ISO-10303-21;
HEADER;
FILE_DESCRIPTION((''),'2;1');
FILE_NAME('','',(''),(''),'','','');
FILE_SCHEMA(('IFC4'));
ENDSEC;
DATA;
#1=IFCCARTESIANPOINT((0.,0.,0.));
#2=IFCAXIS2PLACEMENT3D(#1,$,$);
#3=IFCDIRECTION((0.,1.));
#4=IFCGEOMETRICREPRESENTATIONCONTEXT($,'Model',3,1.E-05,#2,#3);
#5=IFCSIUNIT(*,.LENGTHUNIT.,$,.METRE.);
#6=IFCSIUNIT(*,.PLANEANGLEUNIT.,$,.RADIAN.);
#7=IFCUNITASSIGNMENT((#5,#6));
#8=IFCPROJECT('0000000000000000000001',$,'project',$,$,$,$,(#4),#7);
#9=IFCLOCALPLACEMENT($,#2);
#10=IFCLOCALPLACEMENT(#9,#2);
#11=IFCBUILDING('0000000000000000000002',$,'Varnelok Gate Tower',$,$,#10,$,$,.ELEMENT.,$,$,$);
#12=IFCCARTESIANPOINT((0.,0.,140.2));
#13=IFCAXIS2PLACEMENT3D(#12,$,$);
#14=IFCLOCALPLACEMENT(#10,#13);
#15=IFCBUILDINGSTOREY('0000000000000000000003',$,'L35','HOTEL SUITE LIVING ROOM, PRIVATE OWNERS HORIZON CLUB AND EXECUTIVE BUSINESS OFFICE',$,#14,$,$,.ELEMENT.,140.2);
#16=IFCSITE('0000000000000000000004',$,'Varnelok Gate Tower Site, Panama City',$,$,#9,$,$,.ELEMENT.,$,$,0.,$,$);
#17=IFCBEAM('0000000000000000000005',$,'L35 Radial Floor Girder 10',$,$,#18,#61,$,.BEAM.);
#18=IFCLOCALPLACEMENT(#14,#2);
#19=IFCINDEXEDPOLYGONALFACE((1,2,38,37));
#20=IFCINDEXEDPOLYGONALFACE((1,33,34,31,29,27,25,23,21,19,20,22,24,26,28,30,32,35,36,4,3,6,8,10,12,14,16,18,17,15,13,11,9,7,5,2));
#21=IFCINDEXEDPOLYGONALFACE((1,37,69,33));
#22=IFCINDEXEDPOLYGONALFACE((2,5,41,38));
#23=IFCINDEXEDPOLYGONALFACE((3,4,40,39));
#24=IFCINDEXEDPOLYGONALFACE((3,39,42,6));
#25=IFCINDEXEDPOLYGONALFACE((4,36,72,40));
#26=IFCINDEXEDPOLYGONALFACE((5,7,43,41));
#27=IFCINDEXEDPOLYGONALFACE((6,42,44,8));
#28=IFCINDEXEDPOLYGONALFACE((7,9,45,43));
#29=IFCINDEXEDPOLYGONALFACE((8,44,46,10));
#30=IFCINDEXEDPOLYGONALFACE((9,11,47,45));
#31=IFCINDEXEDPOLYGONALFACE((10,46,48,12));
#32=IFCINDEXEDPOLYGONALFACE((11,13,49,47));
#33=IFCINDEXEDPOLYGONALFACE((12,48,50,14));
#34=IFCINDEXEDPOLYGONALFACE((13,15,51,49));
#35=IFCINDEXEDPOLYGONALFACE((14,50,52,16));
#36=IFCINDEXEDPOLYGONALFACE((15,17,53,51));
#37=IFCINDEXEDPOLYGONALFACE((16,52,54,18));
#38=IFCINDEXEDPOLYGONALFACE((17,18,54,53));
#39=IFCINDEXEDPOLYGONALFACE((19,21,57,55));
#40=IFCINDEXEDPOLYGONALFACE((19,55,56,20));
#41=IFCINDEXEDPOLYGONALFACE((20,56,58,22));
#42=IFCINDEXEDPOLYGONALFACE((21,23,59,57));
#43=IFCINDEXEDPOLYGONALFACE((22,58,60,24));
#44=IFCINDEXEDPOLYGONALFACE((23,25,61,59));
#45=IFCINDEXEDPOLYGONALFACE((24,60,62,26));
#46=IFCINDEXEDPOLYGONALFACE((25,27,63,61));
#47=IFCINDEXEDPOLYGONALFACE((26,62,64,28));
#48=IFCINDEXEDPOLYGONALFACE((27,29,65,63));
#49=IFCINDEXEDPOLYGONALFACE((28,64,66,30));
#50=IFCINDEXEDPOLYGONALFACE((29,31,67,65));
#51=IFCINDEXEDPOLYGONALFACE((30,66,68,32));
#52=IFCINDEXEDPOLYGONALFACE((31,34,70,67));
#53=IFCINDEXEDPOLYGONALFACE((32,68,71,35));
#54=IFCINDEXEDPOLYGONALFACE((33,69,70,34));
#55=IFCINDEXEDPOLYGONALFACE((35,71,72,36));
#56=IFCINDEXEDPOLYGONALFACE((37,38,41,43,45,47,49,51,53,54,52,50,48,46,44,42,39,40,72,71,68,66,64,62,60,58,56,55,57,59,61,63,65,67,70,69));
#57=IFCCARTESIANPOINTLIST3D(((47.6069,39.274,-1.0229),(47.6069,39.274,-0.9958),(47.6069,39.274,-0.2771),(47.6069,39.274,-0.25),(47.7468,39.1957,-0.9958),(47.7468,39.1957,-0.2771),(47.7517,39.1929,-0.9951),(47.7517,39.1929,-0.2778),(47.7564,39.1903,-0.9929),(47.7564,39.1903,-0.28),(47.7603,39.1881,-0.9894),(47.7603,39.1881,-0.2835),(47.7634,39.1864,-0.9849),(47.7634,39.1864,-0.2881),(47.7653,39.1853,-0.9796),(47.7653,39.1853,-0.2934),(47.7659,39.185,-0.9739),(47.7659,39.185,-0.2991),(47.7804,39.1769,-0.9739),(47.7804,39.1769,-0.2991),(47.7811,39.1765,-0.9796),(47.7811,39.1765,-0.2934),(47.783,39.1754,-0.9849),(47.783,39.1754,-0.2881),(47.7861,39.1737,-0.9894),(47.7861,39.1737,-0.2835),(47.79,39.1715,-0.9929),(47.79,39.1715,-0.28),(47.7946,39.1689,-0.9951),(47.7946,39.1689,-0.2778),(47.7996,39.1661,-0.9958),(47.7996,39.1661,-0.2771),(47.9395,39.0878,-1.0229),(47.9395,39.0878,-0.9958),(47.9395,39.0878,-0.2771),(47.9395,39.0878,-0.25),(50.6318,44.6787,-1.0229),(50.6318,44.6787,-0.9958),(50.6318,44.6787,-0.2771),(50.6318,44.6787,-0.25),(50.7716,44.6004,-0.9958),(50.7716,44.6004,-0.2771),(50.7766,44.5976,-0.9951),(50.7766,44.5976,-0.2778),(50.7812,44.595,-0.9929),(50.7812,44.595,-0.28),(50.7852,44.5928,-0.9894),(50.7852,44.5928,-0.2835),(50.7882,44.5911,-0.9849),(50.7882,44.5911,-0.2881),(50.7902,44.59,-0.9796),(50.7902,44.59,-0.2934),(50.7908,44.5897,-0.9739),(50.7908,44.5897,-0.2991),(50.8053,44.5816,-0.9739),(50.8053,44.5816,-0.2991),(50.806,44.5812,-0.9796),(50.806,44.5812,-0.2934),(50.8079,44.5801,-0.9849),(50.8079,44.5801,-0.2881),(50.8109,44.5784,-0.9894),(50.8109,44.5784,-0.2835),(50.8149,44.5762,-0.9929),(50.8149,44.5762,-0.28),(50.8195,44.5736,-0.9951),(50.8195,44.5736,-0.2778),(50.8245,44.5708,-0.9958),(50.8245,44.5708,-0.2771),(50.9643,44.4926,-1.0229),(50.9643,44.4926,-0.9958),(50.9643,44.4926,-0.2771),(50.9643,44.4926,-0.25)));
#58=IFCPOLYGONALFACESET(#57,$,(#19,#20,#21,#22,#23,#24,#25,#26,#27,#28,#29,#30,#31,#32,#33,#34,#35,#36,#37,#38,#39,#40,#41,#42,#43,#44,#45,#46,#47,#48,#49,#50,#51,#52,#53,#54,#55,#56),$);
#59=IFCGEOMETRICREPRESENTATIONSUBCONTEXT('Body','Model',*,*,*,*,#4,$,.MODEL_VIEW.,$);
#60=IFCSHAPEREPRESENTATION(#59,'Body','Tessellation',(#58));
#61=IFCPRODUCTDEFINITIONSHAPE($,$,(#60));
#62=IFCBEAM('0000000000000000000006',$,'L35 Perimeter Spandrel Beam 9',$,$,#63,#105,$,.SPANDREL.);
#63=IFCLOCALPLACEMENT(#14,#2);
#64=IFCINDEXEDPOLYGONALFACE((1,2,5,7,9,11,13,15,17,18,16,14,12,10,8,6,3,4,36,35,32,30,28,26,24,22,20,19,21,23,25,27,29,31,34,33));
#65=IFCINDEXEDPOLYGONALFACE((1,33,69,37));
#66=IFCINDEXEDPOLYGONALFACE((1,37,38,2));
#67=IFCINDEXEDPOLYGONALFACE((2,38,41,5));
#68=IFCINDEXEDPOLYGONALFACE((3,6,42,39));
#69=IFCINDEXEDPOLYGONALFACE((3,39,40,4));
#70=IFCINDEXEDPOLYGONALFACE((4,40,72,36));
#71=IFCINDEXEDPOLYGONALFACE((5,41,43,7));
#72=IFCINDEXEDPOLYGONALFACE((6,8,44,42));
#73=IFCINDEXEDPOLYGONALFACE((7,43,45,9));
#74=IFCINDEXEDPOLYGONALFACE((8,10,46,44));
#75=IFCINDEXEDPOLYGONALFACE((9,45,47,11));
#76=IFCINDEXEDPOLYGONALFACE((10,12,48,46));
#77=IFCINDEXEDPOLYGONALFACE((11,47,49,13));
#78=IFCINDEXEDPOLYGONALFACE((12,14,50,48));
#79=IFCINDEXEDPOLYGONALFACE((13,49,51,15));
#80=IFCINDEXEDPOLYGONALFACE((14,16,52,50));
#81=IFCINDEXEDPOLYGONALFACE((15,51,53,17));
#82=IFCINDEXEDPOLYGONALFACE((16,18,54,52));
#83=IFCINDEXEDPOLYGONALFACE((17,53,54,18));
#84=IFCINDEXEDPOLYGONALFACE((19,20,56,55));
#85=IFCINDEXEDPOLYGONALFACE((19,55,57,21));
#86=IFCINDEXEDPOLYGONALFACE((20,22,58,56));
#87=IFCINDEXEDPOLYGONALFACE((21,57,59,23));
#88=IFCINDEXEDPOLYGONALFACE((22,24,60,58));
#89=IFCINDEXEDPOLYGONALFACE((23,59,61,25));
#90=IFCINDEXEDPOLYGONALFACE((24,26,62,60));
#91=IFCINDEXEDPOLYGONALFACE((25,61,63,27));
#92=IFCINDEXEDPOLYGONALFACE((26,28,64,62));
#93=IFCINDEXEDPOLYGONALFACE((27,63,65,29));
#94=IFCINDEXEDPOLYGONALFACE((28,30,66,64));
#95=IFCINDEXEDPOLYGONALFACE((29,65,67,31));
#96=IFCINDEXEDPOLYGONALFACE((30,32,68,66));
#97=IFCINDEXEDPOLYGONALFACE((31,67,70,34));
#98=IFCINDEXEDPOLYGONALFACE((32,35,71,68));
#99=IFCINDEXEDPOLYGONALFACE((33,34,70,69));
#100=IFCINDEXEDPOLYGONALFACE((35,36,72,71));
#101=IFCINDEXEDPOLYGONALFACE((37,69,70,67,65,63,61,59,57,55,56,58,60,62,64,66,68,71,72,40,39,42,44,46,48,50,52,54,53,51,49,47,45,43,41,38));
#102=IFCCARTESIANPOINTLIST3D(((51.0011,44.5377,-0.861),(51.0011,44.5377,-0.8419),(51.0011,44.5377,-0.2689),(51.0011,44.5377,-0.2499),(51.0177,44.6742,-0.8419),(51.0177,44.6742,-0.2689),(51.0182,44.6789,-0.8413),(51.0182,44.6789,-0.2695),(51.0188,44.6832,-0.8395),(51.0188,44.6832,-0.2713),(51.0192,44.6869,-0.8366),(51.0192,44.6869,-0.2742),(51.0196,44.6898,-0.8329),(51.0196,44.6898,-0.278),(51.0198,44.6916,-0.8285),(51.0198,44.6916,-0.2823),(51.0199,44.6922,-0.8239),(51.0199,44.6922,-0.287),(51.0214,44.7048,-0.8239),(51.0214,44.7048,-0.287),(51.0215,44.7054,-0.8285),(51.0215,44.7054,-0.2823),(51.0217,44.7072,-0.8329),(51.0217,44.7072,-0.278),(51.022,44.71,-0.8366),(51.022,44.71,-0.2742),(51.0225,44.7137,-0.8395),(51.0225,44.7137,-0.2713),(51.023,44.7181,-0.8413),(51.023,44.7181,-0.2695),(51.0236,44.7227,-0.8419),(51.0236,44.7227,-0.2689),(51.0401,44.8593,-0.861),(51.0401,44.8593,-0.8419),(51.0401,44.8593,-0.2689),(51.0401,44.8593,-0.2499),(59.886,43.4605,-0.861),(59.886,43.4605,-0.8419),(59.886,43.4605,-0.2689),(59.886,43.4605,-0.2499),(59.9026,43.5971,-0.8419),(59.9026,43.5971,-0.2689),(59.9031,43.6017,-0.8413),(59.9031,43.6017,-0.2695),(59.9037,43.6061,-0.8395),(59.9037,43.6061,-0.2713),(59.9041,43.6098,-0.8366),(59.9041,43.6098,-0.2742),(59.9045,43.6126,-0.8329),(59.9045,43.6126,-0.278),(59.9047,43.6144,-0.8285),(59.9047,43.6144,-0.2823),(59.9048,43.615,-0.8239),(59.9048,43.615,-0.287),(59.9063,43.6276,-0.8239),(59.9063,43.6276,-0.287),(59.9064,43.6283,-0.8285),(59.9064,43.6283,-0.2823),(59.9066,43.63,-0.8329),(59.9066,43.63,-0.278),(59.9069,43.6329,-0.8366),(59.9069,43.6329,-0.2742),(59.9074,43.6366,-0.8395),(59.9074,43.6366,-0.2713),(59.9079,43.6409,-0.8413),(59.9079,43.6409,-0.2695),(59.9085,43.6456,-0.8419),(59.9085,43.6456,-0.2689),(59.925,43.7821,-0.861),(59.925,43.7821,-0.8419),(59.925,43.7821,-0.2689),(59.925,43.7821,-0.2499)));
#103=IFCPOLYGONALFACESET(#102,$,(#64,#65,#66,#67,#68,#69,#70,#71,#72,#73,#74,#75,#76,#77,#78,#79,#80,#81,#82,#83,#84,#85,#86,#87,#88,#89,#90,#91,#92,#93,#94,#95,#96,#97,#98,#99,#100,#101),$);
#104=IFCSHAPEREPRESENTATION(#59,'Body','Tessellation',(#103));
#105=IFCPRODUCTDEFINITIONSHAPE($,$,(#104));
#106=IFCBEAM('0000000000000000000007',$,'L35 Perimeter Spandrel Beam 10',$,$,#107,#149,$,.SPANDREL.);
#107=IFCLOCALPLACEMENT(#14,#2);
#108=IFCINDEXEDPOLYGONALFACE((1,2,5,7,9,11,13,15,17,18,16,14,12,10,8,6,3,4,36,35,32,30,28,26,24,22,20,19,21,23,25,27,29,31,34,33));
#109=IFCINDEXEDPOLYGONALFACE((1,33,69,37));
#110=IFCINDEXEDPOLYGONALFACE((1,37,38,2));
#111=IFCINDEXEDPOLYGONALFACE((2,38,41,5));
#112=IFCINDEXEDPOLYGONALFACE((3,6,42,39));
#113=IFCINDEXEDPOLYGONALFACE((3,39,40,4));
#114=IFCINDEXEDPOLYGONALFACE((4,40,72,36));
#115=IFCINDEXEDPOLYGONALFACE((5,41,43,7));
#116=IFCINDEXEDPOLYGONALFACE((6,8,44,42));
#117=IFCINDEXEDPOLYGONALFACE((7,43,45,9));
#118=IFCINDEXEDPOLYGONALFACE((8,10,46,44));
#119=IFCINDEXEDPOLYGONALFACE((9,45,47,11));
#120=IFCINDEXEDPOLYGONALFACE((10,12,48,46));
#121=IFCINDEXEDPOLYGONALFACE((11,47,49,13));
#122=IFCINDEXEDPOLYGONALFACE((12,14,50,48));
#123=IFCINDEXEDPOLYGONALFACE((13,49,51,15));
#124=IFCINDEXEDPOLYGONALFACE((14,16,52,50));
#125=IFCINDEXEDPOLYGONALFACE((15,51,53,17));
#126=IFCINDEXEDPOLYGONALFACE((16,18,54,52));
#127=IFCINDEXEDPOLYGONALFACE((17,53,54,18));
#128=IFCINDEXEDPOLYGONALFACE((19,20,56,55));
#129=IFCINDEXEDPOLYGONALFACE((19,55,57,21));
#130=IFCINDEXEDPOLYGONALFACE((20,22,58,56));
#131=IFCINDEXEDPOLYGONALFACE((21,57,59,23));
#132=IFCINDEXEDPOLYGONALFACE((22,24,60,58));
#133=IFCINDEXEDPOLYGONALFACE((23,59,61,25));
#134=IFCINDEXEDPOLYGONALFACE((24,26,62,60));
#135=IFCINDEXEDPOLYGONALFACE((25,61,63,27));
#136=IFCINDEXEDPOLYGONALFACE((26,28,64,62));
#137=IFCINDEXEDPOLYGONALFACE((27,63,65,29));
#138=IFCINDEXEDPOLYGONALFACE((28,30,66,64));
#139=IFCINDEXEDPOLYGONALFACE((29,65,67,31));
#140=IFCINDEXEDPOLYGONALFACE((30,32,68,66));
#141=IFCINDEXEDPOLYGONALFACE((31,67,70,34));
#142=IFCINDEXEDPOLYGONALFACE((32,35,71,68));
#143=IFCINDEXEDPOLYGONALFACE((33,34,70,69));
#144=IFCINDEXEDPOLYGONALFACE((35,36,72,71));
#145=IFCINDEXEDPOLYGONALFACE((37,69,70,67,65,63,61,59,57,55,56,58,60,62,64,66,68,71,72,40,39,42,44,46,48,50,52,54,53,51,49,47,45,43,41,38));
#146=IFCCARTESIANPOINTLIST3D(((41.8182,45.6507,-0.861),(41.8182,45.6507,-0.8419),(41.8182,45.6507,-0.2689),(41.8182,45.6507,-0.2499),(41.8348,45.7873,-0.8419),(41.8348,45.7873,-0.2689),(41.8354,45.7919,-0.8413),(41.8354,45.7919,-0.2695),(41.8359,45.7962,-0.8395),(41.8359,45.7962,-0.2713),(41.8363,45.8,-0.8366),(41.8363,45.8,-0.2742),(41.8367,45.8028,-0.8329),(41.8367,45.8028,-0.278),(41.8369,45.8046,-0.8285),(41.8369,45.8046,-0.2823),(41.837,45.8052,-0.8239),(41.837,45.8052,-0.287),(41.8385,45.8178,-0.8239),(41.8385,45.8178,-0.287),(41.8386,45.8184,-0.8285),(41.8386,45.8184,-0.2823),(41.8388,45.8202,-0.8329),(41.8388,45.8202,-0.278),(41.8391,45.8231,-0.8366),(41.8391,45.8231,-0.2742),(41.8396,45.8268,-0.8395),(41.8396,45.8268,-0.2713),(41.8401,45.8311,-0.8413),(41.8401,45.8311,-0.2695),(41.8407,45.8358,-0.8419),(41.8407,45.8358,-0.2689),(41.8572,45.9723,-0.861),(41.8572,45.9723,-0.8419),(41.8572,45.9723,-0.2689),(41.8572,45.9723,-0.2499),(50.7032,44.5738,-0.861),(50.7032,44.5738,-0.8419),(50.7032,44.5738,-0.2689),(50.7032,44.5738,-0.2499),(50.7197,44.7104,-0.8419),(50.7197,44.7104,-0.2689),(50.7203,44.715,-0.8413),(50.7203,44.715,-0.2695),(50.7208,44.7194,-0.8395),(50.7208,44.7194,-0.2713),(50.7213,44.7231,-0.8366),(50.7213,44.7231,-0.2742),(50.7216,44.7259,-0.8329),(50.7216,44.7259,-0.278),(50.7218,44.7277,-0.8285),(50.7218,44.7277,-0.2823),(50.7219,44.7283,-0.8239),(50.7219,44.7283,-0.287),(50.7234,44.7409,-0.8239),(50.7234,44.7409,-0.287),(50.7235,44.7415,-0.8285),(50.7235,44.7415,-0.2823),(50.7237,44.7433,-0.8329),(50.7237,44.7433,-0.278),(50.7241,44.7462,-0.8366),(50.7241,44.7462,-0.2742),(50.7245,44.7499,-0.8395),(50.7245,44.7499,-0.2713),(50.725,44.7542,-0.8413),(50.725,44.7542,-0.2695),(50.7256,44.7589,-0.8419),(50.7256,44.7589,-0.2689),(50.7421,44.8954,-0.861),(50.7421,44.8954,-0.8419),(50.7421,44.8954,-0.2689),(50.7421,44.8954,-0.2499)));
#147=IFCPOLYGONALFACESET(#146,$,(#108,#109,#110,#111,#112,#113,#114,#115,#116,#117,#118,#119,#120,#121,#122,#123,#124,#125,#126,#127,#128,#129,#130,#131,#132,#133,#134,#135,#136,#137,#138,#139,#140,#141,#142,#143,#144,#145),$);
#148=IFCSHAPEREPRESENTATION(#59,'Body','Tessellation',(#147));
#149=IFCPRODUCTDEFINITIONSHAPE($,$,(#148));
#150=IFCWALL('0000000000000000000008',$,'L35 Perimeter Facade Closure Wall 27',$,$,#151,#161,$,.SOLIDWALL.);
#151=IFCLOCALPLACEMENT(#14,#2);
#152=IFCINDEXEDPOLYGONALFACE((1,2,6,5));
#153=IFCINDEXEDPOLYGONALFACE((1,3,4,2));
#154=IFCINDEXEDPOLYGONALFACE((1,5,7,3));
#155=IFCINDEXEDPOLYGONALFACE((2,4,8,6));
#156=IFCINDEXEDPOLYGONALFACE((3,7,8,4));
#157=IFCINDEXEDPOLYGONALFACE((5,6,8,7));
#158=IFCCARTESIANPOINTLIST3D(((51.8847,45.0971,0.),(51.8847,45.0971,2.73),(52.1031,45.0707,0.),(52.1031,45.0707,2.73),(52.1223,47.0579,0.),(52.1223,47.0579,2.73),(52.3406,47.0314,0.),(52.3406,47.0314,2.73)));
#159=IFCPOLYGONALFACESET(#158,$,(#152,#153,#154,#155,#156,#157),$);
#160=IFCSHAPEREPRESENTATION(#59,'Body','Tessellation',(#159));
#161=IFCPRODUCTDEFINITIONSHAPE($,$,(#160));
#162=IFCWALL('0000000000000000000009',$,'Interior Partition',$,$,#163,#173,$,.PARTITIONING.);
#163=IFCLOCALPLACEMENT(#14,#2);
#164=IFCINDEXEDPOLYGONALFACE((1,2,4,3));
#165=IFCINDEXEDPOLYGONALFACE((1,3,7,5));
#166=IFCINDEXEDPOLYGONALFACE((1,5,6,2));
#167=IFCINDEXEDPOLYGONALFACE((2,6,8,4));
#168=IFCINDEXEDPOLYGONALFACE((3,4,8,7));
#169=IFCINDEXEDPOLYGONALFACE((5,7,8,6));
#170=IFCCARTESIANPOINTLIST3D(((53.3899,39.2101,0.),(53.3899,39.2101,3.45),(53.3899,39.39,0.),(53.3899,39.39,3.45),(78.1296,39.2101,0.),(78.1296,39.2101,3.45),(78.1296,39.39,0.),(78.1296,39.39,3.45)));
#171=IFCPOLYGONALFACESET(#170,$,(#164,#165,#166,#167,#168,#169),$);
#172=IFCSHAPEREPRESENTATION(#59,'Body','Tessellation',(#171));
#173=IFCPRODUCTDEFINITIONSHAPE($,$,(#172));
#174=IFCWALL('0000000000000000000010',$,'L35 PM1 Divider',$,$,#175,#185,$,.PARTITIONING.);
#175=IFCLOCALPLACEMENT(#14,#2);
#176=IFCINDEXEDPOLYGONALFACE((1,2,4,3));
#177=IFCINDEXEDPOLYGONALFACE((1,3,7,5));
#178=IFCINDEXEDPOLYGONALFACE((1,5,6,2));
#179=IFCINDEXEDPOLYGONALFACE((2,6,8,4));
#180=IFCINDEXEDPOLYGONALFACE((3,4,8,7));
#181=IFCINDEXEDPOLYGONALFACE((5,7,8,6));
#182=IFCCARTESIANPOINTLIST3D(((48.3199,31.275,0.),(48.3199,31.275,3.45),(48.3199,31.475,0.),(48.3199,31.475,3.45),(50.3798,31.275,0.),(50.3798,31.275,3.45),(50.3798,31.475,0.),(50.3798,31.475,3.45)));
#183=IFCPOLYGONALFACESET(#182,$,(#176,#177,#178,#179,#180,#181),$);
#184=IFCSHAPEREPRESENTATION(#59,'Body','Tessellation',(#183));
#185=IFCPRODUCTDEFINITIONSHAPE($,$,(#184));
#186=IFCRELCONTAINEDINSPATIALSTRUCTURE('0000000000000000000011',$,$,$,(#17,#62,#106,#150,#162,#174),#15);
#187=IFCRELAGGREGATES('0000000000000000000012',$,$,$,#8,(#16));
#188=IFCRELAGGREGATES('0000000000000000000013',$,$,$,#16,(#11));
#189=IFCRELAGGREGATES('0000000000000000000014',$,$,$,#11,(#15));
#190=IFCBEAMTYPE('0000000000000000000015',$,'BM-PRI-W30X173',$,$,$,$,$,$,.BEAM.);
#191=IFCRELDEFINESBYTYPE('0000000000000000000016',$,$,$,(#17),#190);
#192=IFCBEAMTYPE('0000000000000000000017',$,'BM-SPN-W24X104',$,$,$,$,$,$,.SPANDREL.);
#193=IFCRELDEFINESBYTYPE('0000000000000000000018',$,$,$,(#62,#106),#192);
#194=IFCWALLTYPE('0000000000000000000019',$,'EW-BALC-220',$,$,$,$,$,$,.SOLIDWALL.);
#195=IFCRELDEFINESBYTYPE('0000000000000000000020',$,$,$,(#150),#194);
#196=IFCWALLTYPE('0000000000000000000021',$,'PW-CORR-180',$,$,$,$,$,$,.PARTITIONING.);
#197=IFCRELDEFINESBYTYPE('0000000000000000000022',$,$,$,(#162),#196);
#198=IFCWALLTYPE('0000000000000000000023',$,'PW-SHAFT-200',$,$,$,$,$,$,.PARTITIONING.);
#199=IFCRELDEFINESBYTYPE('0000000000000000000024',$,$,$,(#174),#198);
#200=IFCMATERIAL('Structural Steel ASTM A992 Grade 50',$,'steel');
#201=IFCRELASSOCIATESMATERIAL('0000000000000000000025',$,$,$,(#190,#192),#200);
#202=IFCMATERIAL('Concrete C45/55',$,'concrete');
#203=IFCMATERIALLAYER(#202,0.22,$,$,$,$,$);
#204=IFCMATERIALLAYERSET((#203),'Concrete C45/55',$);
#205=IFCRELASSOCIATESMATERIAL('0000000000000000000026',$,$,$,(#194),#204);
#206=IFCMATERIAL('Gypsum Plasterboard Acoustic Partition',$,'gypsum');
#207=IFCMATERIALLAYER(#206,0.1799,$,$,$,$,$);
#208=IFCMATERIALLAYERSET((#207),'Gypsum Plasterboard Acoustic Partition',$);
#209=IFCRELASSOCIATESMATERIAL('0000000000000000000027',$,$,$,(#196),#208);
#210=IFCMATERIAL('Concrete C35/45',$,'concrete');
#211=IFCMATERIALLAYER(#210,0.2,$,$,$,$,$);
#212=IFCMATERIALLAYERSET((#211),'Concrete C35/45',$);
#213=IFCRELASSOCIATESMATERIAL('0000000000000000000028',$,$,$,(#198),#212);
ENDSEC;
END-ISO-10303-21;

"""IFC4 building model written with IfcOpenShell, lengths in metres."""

from ifc_helpers import new_model, si_unit, direction, frame, frame_2d, origin, origin_2d, place, context, subcontext, project, spatial, rectangle, i_section, extrude, material, layer, layer_set, material_profile, profile_set, type_object, element, save


model = new_model("IFC4")

# Units and contexts
model_context = context("Model", 3, precision=1e-05, world=origin(), true_north=direction((0.0, 1.0)))
body_context = subcontext(model_context, "Body", "Model", "MODEL_VIEW")
ifc_project = project(units=[si_unit("LENGTHUNIT", "METRE"), si_unit("PLANEANGLEUNIT", "RADIAN")], contexts=[model_context])

# Site, building, storey
site_placement = place(None, origin())
site = spatial("IfcSite", under=ifc_project, at=site_placement, Name="Varnelok Gate Tower Site, Panama City", CompositionType="ELEMENT", RefElevation=0.0)
building_placement = place(site_placement, origin())
building = spatial("IfcBuilding", under=site, at=building_placement, Name="Varnelok Gate Tower", CompositionType="ELEMENT")
storey_placement = place(building_placement, frame((0.0, 0.0, 140.2)))
storey = spatial("IfcBuildingStorey", under=building, at=storey_placement, Name="L35", Description="HOTEL SUITE LIVING ROOM, PRIVATE OWNERS HORIZON CLUB AND EXECUTIVE BUSINESS OFFICE", CompositionType="ELEMENT", Elevation=140.2)

# Shared definitions
ifc_material_1 = material(Name="Structural Steel ASTM A992 Grade 50", Category="steel")

# Beams
ifc_material_profile_1 = material_profile(ifc_material_1, i_section(OverallWidth=0.3811, OverallDepth=0.7729, WebThickness=0.0166, FlangeThickness=0.0271, FilletRadius=0.022, at=origin_2d()), Name="W30X173")
ifc_profile_set_1 = profile_set([ifc_material_profile_1], Name="Structural Steel ASTM A992 Grade 50")
beam_type_1 = type_object("IfcBeamType", Name="BM-PRI-W30X173", PredefinedType="BEAM", material=ifc_profile_set_1)
beam_1_placement = place(storey_placement, frame((47.7732, 39.1809, -0.6365), z_axis=(0.488385, 0.872628, 0.0), x_axis=(-0.872628, 0.488385, 0.0)))
element("IfcBeam", 1, at=beam_1_placement, inside=storey, type_object=beam_type_1, Name="L35 Radial Floor Girder 10", PredefinedType="BEAM", context=body_context, shape_type="SweptSolid", body=[
    extrude(i_section(OverallWidth=0.3811, OverallDepth=0.7729, WebThickness=0.0166, FlangeThickness=0.0271, FilletRadius=0.022, at=origin_2d()), origin(), (0.0, 0.0, 1.0), 6.1936),
])
ifc_material_profile_2 = material_profile(ifc_material_1, i_section(OverallWidth=0.324, OverallDepth=0.6111, WebThickness=0.0127, FlangeThickness=0.019, FilletRadius=0.0181, at=origin_2d()), Name="W24X104")
ifc_profile_set_2 = profile_set([ifc_material_profile_2], Name="Structural Steel ASTM A992 Grade 50")
beam_type_2 = type_object("IfcBeamType", Name="BM-SPN-W24X104", PredefinedType="SPANDREL", material=ifc_profile_set_2)
for number, where, z_axis, x_axis, name in (
    (2, (59.9055, 43.6213, -0.5554), (-0.992731, 0.120351, 0.0), (-0.120351, -0.992731, 0.0), "L35 Perimeter Spandrel Beam 9"),
    (3, (50.7227, 44.7346, -0.5554), (-0.992735, 0.120324, 0.0), (-0.120324, -0.992735, 0.0), "L35 Perimeter Spandrel Beam 10"),
):
    element("IfcBeam", number, at=place(storey_placement, frame(where, z_axis=z_axis, x_axis=x_axis)), inside=storey, type_object=beam_type_2, Name=name, PredefinedType="SPANDREL", context=body_context, shape_type="SweptSolid", body=[
        extrude(i_section(OverallWidth=0.324, OverallDepth=0.6111, WebThickness=0.0127, FlangeThickness=0.019, FilletRadius=0.0181, at=origin_2d()), origin(), (0.0, 0.0, 1.0), 8.95),
    ])

# Walls
ifc_material_2 = material(Name="Concrete C45/55", Category="concrete")
ifc_layer_1 = layer(ifc_material_2, 0.22)
ifc_layer_set_1 = layer_set([ifc_layer_1], Name="Concrete C45/55")
wall_type_1 = type_object("IfcWallType", Name="EW-BALC-220", PredefinedType="SOLIDWALL", material=ifc_layer_set_1)
wall_1_placement = place(storey_placement, frame((52.2314, 47.0447, 0.0), z_axis=(0.0, 0.0, 1.0), x_axis=(-0.120276, -0.99274, 0.0)))
element("IfcWall", 4, at=wall_1_placement, inside=storey, type_object=wall_type_1, Name="L35 Perimeter Facade Closure Wall 27", PredefinedType="SOLIDWALL", context=body_context, shape_type="SweptSolid", body=[
    extrude(rectangle(XDim=1.9751, YDim=0.22, at=frame_2d((0.9875, 0.0))), origin(), (0.0, 0.0, 1.0), 2.73),
])
ifc_material_3 = material(Name="Gypsum Plasterboard Acoustic Partition", Category="gypsum")
ifc_layer_2 = layer(ifc_material_3, 0.1799)
ifc_layer_set_2 = layer_set([ifc_layer_2], Name="Gypsum Plasterboard Acoustic Partition")
wall_type_2 = type_object("IfcWallType", Name="PW-CORR-180", PredefinedType="PARTITIONING", material=ifc_layer_set_2)
wall_2_placement = place(storey_placement, frame((53.3899, 39.3, 0.0), z_axis=(0.0, 0.0, 1.0), x_axis=(1.0, 0.0, 0.0)))
element("IfcWall", 5, at=wall_2_placement, inside=storey, type_object=wall_type_2, Name="Interior Partition", PredefinedType="PARTITIONING", context=body_context, shape_type="SweptSolid", body=[
    extrude(rectangle(XDim=24.7397, YDim=0.1799, at=frame_2d((12.3699, 0.0))), origin(), (0.0, 0.0, 1.0), 3.45),
])
ifc_material_4 = material(Name="Concrete C35/45", Category="concrete")
ifc_layer_3 = layer(ifc_material_4, 0.2)
ifc_layer_set_3 = layer_set([ifc_layer_3], Name="Concrete C35/45")
wall_type_3 = type_object("IfcWallType", Name="PW-SHAFT-200", PredefinedType="PARTITIONING", material=ifc_layer_set_3)
for number, where, z_axis, x_axis, name in (
    (6, (48.3201, 31.375, 0.0), (0.0, 0.0, 1.0), (1.0, 0.0, 0.0), "L35 PM1 Divider"),
):
    element("IfcWall", number, at=place(storey_placement, frame(where, z_axis=z_axis, x_axis=x_axis)), inside=storey, type_object=wall_type_3, Name=name, PredefinedType="PARTITIONING", context=body_context, shape_type="SweptSolid", body=[
        extrude(rectangle(XDim=2.0598, YDim=0.2, at=frame_2d((1.0298, 0.0))), origin(), (0.0, 0.0, 1.0), 3.45),
    ])

save(model, "model.ifc")
